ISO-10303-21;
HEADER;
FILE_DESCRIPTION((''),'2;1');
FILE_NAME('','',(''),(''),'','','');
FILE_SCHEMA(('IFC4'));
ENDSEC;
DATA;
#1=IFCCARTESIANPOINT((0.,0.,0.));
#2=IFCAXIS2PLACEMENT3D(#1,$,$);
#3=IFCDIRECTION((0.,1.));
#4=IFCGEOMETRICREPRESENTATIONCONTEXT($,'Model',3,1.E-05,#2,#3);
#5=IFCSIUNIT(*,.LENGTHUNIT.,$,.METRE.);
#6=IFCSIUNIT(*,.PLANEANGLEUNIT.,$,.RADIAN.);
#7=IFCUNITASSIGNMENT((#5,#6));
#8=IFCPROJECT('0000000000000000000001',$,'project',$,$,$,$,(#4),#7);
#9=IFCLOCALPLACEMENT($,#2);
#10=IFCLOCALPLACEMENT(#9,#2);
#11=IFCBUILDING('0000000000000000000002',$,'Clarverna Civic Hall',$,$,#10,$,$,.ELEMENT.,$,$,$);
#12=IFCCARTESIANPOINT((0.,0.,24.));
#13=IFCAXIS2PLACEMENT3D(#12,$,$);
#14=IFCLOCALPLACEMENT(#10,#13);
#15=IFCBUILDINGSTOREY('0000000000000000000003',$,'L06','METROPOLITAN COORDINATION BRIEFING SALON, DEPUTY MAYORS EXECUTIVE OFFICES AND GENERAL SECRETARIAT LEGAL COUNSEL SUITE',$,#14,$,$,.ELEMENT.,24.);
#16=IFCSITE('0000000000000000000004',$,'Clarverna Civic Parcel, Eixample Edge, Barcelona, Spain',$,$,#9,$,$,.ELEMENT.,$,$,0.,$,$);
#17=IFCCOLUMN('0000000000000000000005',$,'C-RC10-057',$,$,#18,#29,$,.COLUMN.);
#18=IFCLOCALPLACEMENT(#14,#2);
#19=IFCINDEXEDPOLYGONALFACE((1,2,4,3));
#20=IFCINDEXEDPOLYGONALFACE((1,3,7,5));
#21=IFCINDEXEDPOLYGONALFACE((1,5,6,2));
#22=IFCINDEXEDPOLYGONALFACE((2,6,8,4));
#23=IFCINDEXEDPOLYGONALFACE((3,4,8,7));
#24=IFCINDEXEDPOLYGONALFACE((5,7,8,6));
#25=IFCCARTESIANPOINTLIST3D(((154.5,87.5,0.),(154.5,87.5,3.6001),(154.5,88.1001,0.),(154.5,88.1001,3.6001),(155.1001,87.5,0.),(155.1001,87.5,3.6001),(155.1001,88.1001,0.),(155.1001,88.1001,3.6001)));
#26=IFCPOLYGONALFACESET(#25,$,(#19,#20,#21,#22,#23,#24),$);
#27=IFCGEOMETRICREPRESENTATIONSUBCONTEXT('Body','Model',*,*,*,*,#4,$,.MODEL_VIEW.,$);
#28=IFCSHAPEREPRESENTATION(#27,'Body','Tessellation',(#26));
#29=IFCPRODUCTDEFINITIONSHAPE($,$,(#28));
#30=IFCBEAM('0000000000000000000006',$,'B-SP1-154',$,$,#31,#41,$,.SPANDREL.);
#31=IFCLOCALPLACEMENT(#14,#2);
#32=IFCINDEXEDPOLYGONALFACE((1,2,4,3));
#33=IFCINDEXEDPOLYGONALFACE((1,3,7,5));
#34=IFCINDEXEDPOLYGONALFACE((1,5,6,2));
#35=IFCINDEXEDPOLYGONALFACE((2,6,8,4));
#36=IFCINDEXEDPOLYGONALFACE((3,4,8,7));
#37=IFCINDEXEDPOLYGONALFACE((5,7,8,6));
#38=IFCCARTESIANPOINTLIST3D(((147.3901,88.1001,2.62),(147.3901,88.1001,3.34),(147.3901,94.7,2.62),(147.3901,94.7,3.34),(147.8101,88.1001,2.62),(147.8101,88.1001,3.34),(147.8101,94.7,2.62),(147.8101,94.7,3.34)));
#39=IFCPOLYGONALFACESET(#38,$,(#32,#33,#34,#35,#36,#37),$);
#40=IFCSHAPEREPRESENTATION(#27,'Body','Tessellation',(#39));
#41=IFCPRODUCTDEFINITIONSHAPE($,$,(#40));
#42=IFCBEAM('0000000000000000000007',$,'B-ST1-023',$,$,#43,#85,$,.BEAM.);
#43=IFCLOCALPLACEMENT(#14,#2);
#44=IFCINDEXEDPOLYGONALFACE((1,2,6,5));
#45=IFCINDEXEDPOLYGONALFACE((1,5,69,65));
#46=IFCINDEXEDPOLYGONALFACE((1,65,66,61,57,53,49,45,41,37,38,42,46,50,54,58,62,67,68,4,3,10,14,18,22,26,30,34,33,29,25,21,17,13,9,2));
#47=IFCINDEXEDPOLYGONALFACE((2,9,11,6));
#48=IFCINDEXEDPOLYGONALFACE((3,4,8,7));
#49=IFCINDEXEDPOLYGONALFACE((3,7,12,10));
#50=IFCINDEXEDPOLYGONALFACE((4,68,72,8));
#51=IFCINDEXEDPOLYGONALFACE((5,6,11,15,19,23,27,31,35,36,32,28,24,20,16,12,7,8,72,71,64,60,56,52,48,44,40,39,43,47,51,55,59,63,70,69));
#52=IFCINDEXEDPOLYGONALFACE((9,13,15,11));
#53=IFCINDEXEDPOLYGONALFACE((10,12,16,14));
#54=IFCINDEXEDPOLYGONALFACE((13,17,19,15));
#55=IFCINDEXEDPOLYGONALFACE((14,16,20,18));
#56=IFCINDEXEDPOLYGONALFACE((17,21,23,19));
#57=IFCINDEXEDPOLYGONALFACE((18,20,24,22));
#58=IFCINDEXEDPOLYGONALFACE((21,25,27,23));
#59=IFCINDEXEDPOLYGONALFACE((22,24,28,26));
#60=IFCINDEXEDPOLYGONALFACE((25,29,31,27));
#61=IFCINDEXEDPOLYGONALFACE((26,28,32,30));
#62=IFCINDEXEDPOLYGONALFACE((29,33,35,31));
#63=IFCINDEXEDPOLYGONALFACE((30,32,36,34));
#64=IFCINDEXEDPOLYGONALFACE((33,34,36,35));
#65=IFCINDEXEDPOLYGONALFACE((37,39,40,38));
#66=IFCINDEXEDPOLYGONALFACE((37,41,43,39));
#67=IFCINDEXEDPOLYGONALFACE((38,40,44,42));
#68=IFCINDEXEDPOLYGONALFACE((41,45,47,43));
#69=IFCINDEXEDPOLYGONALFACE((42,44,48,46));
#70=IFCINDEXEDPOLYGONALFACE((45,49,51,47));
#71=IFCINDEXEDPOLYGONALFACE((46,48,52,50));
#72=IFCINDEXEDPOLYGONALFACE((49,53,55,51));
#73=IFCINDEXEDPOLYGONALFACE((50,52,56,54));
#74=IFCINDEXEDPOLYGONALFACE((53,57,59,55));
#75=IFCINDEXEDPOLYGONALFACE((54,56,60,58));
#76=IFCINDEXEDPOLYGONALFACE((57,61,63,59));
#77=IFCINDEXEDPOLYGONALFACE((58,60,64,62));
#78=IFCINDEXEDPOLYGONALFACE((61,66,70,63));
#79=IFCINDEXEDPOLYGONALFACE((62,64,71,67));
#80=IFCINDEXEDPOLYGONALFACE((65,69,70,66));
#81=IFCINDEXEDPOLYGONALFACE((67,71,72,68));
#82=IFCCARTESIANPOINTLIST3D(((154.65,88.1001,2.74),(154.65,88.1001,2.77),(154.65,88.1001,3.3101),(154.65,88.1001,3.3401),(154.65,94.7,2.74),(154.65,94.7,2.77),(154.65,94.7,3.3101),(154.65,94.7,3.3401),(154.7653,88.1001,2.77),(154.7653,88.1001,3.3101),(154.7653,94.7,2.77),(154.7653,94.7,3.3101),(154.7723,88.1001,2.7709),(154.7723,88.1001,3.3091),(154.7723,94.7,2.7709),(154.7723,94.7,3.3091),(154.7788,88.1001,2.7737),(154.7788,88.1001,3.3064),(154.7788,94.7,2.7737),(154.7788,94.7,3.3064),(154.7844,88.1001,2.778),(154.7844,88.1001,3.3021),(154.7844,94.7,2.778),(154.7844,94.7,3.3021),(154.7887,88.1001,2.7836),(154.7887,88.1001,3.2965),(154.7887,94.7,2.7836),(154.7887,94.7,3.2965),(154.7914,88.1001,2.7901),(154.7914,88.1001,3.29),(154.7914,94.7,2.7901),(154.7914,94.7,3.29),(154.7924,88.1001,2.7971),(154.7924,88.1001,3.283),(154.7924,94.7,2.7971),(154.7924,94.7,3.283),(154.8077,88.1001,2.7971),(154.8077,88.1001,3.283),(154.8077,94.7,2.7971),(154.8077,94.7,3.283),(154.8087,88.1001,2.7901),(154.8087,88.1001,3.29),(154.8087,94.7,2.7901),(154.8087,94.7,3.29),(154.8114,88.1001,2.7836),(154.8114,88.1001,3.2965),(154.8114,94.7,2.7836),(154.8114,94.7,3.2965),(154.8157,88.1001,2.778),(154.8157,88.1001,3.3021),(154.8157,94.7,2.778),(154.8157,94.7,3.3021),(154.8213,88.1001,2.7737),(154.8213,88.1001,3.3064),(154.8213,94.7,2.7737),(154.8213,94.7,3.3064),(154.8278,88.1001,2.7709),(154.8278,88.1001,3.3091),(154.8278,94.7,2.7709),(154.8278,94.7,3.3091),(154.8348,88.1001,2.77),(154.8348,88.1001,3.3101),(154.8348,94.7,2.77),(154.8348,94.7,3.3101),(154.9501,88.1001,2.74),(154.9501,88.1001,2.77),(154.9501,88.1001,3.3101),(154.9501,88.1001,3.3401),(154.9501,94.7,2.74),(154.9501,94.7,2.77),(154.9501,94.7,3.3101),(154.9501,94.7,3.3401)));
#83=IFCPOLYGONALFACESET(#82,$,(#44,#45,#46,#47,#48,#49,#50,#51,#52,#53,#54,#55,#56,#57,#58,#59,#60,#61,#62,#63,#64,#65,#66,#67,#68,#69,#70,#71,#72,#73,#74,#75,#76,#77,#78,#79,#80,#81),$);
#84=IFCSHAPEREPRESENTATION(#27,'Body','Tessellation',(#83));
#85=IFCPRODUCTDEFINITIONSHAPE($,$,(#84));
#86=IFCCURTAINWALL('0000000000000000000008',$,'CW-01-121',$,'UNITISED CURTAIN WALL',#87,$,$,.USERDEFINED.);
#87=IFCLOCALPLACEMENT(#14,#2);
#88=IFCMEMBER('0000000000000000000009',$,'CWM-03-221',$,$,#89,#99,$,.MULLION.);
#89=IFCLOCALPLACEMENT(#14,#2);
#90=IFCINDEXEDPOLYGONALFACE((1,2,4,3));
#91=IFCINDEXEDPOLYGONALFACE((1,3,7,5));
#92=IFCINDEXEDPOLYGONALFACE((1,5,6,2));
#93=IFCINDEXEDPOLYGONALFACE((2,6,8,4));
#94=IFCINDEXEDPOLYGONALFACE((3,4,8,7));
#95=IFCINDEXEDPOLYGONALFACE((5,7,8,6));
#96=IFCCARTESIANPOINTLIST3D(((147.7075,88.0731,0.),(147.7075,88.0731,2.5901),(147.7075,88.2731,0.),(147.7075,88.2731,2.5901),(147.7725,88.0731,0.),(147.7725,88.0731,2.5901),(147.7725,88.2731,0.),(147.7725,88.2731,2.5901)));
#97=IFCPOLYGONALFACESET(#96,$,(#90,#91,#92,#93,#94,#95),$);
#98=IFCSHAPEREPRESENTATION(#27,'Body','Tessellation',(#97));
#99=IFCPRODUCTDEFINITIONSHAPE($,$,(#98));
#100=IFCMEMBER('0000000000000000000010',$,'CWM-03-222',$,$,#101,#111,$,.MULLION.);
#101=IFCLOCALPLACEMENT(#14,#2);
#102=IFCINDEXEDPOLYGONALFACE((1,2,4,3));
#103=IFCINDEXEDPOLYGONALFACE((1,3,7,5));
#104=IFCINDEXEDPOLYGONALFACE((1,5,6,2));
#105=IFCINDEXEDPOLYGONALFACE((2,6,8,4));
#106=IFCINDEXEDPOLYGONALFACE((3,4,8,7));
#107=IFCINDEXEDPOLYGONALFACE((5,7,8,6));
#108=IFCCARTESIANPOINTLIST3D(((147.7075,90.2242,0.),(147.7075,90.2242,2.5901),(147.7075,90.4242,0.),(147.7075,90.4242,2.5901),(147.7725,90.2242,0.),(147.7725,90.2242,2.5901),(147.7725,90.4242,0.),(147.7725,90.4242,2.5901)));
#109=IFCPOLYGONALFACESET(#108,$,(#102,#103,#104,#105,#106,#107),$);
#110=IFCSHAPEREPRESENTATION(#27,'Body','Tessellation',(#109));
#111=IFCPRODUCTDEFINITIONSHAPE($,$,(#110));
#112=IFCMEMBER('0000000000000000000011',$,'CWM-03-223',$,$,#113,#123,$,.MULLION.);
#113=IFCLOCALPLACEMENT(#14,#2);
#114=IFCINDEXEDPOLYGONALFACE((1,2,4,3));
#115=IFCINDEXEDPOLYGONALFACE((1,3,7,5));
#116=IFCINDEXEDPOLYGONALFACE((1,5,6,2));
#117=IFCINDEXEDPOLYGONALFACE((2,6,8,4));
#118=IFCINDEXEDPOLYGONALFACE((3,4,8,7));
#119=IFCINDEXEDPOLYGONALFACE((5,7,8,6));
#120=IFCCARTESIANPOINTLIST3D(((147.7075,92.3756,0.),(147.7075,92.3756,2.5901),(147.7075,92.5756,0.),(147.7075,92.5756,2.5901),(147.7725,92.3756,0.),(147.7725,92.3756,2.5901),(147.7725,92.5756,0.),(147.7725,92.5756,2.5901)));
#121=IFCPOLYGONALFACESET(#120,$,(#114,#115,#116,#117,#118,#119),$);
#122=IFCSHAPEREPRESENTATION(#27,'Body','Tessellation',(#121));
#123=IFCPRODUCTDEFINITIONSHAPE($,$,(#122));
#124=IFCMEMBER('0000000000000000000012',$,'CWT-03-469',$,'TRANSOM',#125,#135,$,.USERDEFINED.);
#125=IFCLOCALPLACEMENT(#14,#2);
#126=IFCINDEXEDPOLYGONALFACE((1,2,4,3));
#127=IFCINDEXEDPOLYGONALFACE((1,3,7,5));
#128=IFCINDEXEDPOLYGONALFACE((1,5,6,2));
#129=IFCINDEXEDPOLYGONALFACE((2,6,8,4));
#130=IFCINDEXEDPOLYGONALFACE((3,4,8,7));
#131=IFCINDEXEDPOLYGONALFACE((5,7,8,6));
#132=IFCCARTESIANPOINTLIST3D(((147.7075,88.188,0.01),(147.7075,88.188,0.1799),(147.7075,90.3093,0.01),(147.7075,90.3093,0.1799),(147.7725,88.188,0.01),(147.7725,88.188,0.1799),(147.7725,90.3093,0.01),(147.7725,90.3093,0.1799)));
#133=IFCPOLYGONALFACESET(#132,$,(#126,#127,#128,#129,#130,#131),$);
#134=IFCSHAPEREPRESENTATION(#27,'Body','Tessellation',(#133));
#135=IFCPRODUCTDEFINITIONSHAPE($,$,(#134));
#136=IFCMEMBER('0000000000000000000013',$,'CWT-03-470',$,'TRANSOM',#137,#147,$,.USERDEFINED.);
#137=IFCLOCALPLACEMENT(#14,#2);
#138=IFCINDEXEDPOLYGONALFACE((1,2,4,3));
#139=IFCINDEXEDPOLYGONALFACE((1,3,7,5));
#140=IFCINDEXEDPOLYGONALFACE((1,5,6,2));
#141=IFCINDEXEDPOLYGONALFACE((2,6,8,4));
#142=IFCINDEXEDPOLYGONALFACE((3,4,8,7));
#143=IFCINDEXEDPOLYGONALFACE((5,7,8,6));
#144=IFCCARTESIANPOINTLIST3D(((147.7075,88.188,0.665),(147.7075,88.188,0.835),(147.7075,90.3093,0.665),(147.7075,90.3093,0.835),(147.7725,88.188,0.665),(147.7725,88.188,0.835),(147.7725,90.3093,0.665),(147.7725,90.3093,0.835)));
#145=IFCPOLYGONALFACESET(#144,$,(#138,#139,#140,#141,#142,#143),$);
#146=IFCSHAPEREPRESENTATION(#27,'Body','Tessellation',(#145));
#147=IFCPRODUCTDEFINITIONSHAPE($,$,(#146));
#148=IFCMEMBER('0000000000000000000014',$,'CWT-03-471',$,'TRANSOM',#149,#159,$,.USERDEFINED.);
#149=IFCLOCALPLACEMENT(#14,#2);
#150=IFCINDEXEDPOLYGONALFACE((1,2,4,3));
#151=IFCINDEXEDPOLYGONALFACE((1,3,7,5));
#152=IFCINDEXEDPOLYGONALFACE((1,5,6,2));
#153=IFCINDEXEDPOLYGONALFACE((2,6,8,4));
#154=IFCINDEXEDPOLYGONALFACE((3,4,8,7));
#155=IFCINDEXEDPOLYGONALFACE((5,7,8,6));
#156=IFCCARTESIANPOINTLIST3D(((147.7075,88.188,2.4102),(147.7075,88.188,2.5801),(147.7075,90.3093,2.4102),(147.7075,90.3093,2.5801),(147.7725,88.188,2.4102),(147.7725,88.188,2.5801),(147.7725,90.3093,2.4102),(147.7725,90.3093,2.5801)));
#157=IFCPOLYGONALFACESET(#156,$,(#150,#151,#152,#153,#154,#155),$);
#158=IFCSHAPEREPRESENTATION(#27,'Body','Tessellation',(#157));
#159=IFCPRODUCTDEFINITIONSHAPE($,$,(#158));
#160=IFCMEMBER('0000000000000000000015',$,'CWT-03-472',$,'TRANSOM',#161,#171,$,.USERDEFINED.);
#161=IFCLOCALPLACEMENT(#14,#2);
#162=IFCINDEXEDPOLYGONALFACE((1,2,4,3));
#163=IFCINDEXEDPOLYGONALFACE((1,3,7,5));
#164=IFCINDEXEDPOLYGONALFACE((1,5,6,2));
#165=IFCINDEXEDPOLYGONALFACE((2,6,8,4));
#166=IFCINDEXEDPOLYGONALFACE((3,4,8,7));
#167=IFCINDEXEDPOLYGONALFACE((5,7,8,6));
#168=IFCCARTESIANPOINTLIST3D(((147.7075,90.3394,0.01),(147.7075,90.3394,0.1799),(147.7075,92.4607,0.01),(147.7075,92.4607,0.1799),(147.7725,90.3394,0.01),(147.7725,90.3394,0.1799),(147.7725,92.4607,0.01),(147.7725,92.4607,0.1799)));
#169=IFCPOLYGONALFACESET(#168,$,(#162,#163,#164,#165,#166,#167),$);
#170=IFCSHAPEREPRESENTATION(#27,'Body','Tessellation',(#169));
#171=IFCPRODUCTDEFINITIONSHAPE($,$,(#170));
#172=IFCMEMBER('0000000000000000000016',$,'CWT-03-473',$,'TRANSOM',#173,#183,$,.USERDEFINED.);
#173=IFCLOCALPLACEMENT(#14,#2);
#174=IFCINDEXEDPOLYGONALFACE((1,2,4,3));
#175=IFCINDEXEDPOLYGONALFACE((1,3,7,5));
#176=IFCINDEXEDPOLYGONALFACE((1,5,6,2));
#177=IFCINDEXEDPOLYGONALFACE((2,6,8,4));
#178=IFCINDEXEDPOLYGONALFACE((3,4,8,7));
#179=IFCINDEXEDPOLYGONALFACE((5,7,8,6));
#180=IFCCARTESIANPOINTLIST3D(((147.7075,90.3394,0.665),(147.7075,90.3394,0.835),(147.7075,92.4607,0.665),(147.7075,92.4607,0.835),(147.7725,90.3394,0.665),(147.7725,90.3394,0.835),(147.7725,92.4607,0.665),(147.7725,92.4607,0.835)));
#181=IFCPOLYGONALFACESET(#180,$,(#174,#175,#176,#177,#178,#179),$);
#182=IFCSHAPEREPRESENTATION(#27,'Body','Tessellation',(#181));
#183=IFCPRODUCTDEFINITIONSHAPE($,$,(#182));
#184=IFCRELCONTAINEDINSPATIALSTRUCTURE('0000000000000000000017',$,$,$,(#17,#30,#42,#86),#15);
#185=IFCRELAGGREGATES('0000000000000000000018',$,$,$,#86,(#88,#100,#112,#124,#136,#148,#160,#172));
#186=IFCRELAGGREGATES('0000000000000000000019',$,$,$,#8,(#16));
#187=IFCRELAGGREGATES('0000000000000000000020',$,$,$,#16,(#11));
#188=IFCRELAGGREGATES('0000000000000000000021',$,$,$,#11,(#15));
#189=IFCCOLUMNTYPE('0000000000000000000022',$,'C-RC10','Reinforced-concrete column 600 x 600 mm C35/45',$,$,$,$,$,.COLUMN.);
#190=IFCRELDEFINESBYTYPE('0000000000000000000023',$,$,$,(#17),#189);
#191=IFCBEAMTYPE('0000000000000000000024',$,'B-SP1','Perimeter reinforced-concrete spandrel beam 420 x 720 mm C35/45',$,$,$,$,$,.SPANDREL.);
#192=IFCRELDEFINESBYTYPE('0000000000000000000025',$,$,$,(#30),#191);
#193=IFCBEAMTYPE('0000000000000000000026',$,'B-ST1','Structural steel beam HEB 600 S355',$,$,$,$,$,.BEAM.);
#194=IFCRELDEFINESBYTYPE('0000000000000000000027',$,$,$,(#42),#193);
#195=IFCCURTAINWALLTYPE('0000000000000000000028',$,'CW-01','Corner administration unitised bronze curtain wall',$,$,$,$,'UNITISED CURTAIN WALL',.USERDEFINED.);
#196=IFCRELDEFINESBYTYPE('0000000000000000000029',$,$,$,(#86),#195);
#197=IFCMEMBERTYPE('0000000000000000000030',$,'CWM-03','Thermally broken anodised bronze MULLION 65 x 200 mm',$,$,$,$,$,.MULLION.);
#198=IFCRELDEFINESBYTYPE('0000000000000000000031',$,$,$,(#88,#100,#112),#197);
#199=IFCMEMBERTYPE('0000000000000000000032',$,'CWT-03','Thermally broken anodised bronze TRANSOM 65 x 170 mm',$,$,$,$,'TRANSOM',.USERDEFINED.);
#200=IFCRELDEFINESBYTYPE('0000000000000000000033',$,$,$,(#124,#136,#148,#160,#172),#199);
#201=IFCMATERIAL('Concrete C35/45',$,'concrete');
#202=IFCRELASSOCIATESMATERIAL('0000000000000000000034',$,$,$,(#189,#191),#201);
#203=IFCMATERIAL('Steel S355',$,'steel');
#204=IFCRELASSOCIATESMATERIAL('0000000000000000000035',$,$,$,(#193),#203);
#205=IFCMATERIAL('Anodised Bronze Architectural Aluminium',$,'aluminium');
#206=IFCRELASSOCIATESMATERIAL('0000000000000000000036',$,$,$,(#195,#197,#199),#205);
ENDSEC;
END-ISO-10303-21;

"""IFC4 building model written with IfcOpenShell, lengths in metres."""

from ifc_helpers import new_model, si_unit, direction, frame, origin, origin_2d, place, context, subcontext, project, spatial, rectangle, i_section, extrude, material, material_profile, profile_set, type_object, element, aggregate, save


model = new_model("IFC4")

# Units and contexts
model_context = context("Model", 3, precision=1e-05, world=origin(), true_north=direction((0.0, 1.0)))
body_context = subcontext(model_context, "Body", "Model", "MODEL_VIEW")
ifc_project = project(units=[si_unit("LENGTHUNIT", "METRE"), si_unit("PLANEANGLEUNIT", "RADIAN")], contexts=[model_context])

# Site, building, storey
site_placement = place(None, origin())
site = spatial("IfcSite", under=ifc_project, at=site_placement, Name="Clarverna Civic Parcel, Eixample Edge, Barcelona, Spain", CompositionType="ELEMENT", RefElevation=0.0)
building_placement = place(site_placement, origin())
building = spatial("IfcBuilding", under=site, at=building_placement, Name="Clarverna Civic Hall", CompositionType="ELEMENT")
storey_placement = place(building_placement, frame((0.0, 0.0, 24.0)))
storey = spatial("IfcBuildingStorey", under=building, at=storey_placement, Name="L06", Description="METROPOLITAN COORDINATION BRIEFING SALON, DEPUTY MAYORS EXECUTIVE OFFICES AND GENERAL SECRETARIAT LEGAL COUNSEL SUITE", CompositionType="ELEMENT", Elevation=24.0)

# Column
ifc_material_1 = material(Name="Concrete C35/45", Category="concrete")
ifc_material_profile_1 = material_profile(ifc_material_1, rectangle(XDim=0.6001, YDim=0.6001, at=origin_2d()), Name="RC 600x600")
ifc_profile_set_1 = profile_set([ifc_material_profile_1], Name="Concrete C35/45")
column_type = type_object("IfcColumnType", Name="C-RC10", Description="Reinforced-concrete column 600 x 600 mm C35/45", PredefinedType="COLUMN", material=ifc_profile_set_1)
column_placement = place(storey_placement, frame((154.8, 87.8, 0.0), z_axis=(0.0, 0.0, 1.0), x_axis=(1.0, 0.0, 0.0)))
element("IfcColumn", 1, at=column_placement, inside=storey, type_object=column_type, Name="C-RC10-057", PredefinedType="COLUMN", context=body_context, shape_type="SweptSolid", body=[
    extrude(rectangle(XDim=0.6001, YDim=0.6001, at=origin_2d()), origin(), (0.0, 0.0, 1.0), 3.6001),
])

# Beams
ifc_material_profile_2 = material_profile(ifc_material_1, rectangle(XDim=0.4199, YDim=0.72, at=origin_2d()), Name="RC 420x720")
ifc_profile_set_2 = profile_set([ifc_material_profile_2], Name="Concrete C35/45")
beam_type_1 = type_object("IfcBeamType", Name="B-SP1", Description="Perimeter reinforced-concrete spandrel beam 420 x 720 mm C35/45", PredefinedType="SPANDREL", material=ifc_profile_set_2)
beam_1_placement = place(storey_placement, frame((147.6001, 88.1001, 2.98), z_axis=(0.0, 1.0, 0.0), x_axis=(-1.0, 0.0, 0.0)))
element("IfcBeam", 2, at=beam_1_placement, inside=storey, type_object=beam_type_1, Name="B-SP1-154", PredefinedType="SPANDREL", context=body_context, shape_type="SweptSolid", body=[
    extrude(rectangle(XDim=0.4199, YDim=0.72, at=origin_2d()), origin(), (0.0, 0.0, 1.0), 6.5999),
])
ifc_material_2 = material(Name="Steel S355", Category="steel")
ifc_material_profile_3 = material_profile(ifc_material_2, i_section(OverallWidth=0.3, OverallDepth=0.6001, WebThickness=0.0154, FlangeThickness=0.03, FilletRadius=0.0271, at=origin_2d()), Name="HEB 600")
ifc_profile_set_3 = profile_set([ifc_material_profile_3], Name="Steel S355")
beam_type_2 = type_object("IfcBeamType", Name="B-ST1", Description="Structural steel beam HEB 600 S355", PredefinedType="BEAM", material=ifc_profile_set_3)
beam_2_placement = place(storey_placement, frame((154.8, 88.1001, 3.04), z_axis=(0.0, 1.0, 0.0), x_axis=(-1.0, 0.0, 0.0)))
element("IfcBeam", 3, at=beam_2_placement, inside=storey, type_object=beam_type_2, Name="B-ST1-023", PredefinedType="BEAM", context=body_context, shape_type="SweptSolid", body=[
    extrude(i_section(OverallWidth=0.3, OverallDepth=0.6001, WebThickness=0.0154, FlangeThickness=0.03, FilletRadius=0.0271, at=origin_2d()), origin(), (0.0, 0.0, 1.0), 6.5999),
])

# Curtain wall, members
ifc_material_3 = material(Name="Anodised Bronze Architectural Aluminium", Category="aluminium")
curtain_wall_type = type_object("IfcCurtainWallType", Name="CW-01", Description="Corner administration unitised bronze curtain wall", ElementType="UNITISED CURTAIN WALL", PredefinedType="USERDEFINED", material=ifc_material_3)
curtain_wall_placement = place(storey_placement, origin())
curtain_wall = element("IfcCurtainWall", 4, at=curtain_wall_placement, inside=storey, type_object=curtain_wall_type, Name="CW-01-121", ObjectType="UNITISED CURTAIN WALL", PredefinedType="USERDEFINED")
ifc_material_profile_4 = material_profile(ifc_material_3, rectangle(XDim=0.0649, YDim=0.2, at=origin_2d()), Name="BRONZE 65x200")
ifc_profile_set_4 = profile_set([ifc_material_profile_4], Name="Anodised Bronze Architectural Aluminium")
member_type_1 = type_object("IfcMemberType", Name="CWM-03", Description="Thermally broken anodised bronze MULLION 65 x 200 mm", PredefinedType="MULLION", material=ifc_profile_set_4)
member_1_placement = place(storey_placement, frame((147.74, 88.1731, 0.0), z_axis=(0.0, 0.0, 1.0), x_axis=(1.0, 0.0, 0.0)))
member_1 = element("IfcMember", 5, at=member_1_placement, type_object=member_type_1, Name="CWM-03-221", PredefinedType="MULLION", context=body_context, shape_type="SweptSolid", body=[
    extrude(rectangle(XDim=0.0649, YDim=0.2, at=origin_2d()), origin(), (0.0, 0.0, 1.0), 2.5901),
])
member_2_placement = place(storey_placement, frame((147.74, 90.3242, 0.0), z_axis=(0.0, 0.0, 1.0), x_axis=(1.0, 0.0, 0.0)))
member_2 = element("IfcMember", 6, at=member_2_placement, type_object=member_type_1, Name="CWM-03-222", PredefinedType="MULLION", context=body_context, shape_type="SweptSolid", body=[
    extrude(rectangle(XDim=0.0649, YDim=0.2, at=origin_2d()), origin(), (0.0, 0.0, 1.0), 2.5901),
])
member_3_placement = place(storey_placement, frame((147.74, 92.4756, 0.0), z_axis=(0.0, 0.0, 1.0), x_axis=(1.0, 0.0, 0.0)))
member_3 = element("IfcMember", 7, at=member_3_placement, type_object=member_type_1, Name="CWM-03-223", PredefinedType="MULLION", context=body_context, shape_type="SweptSolid", body=[
    extrude(rectangle(XDim=0.0649, YDim=0.2, at=origin_2d()), origin(), (0.0, 0.0, 1.0), 2.5901),
])
ifc_material_profile_5 = material_profile(ifc_material_3, rectangle(XDim=0.0649, YDim=0.1699, at=origin_2d()), Name="BRONZE 65x170")
ifc_profile_set_5 = profile_set([ifc_material_profile_5], Name="Anodised Bronze Architectural Aluminium")
member_type_2 = type_object("IfcMemberType", Name="CWT-03", Description="Thermally broken anodised bronze TRANSOM 65 x 170 mm", ElementType="TRANSOM", PredefinedType="USERDEFINED", material=ifc_profile_set_5)
member_4_placement = place(storey_placement, frame((147.74, 88.188, 0.095), z_axis=(0.0, 1.0, 0.0), x_axis=(-1.0, 0.0, 0.0)))
member_4 = element("IfcMember", 8, at=member_4_placement, type_object=member_type_2, Name="CWT-03-469", ObjectType="TRANSOM", PredefinedType="USERDEFINED", context=body_context, shape_type="SweptSolid", body=[
    extrude(rectangle(XDim=0.0649, YDim=0.1699, at=origin_2d()), origin(), (0.0, 0.0, 1.0), 2.1213),
])
member_5_placement = place(storey_placement, frame((147.74, 88.188, 0.75), z_axis=(0.0, 1.0, 0.0), x_axis=(-1.0, 0.0, 0.0)))
member_5 = element("IfcMember", 9, at=member_5_placement, type_object=member_type_2, Name="CWT-03-470", ObjectType="TRANSOM", PredefinedType="USERDEFINED", context=body_context, shape_type="SweptSolid", body=[
    extrude(rectangle(XDim=0.0649, YDim=0.1699, at=origin_2d()), origin(), (0.0, 0.0, 1.0), 2.1213),
])
member_6_placement = place(storey_placement, frame((147.74, 88.188, 2.4951), z_axis=(0.0, 1.0, 0.0), x_axis=(-1.0, 0.0, 0.0)))
member_6 = element("IfcMember", 10, at=member_6_placement, type_object=member_type_2, Name="CWT-03-471", ObjectType="TRANSOM", PredefinedType="USERDEFINED", context=body_context, shape_type="SweptSolid", body=[
    extrude(rectangle(XDim=0.0649, YDim=0.1699, at=origin_2d()), origin(), (0.0, 0.0, 1.0), 2.1213),
])
member_7_placement = place(storey_placement, frame((147.74, 90.3394, 0.095), z_axis=(0.0, 1.0, 0.0), x_axis=(-1.0, 0.0, 0.0)))
member_7 = element("IfcMember", 11, at=member_7_placement, type_object=member_type_2, Name="CWT-03-472", ObjectType="TRANSOM", PredefinedType="USERDEFINED", context=body_context, shape_type="SweptSolid", body=[
    extrude(rectangle(XDim=0.0649, YDim=0.1699, at=origin_2d()), origin(), (0.0, 0.0, 1.0), 2.1213),
])
member_8_placement = place(storey_placement, frame((147.74, 90.3394, 0.75), z_axis=(0.0, 1.0, 0.0), x_axis=(-1.0, 0.0, 0.0)))
member_8 = element("IfcMember", 12, at=member_8_placement, type_object=member_type_2, Name="CWT-03-473", ObjectType="TRANSOM", PredefinedType="USERDEFINED", context=body_context, shape_type="SweptSolid", body=[
    extrude(rectangle(XDim=0.0649, YDim=0.1699, at=origin_2d()), origin(), (0.0, 0.0, 1.0), 2.1213),
])

aggregate(curtain_wall, [member_1, member_2, member_3, member_4, member_5, member_6, member_7, member_8])

save(model, "model.ifc")
